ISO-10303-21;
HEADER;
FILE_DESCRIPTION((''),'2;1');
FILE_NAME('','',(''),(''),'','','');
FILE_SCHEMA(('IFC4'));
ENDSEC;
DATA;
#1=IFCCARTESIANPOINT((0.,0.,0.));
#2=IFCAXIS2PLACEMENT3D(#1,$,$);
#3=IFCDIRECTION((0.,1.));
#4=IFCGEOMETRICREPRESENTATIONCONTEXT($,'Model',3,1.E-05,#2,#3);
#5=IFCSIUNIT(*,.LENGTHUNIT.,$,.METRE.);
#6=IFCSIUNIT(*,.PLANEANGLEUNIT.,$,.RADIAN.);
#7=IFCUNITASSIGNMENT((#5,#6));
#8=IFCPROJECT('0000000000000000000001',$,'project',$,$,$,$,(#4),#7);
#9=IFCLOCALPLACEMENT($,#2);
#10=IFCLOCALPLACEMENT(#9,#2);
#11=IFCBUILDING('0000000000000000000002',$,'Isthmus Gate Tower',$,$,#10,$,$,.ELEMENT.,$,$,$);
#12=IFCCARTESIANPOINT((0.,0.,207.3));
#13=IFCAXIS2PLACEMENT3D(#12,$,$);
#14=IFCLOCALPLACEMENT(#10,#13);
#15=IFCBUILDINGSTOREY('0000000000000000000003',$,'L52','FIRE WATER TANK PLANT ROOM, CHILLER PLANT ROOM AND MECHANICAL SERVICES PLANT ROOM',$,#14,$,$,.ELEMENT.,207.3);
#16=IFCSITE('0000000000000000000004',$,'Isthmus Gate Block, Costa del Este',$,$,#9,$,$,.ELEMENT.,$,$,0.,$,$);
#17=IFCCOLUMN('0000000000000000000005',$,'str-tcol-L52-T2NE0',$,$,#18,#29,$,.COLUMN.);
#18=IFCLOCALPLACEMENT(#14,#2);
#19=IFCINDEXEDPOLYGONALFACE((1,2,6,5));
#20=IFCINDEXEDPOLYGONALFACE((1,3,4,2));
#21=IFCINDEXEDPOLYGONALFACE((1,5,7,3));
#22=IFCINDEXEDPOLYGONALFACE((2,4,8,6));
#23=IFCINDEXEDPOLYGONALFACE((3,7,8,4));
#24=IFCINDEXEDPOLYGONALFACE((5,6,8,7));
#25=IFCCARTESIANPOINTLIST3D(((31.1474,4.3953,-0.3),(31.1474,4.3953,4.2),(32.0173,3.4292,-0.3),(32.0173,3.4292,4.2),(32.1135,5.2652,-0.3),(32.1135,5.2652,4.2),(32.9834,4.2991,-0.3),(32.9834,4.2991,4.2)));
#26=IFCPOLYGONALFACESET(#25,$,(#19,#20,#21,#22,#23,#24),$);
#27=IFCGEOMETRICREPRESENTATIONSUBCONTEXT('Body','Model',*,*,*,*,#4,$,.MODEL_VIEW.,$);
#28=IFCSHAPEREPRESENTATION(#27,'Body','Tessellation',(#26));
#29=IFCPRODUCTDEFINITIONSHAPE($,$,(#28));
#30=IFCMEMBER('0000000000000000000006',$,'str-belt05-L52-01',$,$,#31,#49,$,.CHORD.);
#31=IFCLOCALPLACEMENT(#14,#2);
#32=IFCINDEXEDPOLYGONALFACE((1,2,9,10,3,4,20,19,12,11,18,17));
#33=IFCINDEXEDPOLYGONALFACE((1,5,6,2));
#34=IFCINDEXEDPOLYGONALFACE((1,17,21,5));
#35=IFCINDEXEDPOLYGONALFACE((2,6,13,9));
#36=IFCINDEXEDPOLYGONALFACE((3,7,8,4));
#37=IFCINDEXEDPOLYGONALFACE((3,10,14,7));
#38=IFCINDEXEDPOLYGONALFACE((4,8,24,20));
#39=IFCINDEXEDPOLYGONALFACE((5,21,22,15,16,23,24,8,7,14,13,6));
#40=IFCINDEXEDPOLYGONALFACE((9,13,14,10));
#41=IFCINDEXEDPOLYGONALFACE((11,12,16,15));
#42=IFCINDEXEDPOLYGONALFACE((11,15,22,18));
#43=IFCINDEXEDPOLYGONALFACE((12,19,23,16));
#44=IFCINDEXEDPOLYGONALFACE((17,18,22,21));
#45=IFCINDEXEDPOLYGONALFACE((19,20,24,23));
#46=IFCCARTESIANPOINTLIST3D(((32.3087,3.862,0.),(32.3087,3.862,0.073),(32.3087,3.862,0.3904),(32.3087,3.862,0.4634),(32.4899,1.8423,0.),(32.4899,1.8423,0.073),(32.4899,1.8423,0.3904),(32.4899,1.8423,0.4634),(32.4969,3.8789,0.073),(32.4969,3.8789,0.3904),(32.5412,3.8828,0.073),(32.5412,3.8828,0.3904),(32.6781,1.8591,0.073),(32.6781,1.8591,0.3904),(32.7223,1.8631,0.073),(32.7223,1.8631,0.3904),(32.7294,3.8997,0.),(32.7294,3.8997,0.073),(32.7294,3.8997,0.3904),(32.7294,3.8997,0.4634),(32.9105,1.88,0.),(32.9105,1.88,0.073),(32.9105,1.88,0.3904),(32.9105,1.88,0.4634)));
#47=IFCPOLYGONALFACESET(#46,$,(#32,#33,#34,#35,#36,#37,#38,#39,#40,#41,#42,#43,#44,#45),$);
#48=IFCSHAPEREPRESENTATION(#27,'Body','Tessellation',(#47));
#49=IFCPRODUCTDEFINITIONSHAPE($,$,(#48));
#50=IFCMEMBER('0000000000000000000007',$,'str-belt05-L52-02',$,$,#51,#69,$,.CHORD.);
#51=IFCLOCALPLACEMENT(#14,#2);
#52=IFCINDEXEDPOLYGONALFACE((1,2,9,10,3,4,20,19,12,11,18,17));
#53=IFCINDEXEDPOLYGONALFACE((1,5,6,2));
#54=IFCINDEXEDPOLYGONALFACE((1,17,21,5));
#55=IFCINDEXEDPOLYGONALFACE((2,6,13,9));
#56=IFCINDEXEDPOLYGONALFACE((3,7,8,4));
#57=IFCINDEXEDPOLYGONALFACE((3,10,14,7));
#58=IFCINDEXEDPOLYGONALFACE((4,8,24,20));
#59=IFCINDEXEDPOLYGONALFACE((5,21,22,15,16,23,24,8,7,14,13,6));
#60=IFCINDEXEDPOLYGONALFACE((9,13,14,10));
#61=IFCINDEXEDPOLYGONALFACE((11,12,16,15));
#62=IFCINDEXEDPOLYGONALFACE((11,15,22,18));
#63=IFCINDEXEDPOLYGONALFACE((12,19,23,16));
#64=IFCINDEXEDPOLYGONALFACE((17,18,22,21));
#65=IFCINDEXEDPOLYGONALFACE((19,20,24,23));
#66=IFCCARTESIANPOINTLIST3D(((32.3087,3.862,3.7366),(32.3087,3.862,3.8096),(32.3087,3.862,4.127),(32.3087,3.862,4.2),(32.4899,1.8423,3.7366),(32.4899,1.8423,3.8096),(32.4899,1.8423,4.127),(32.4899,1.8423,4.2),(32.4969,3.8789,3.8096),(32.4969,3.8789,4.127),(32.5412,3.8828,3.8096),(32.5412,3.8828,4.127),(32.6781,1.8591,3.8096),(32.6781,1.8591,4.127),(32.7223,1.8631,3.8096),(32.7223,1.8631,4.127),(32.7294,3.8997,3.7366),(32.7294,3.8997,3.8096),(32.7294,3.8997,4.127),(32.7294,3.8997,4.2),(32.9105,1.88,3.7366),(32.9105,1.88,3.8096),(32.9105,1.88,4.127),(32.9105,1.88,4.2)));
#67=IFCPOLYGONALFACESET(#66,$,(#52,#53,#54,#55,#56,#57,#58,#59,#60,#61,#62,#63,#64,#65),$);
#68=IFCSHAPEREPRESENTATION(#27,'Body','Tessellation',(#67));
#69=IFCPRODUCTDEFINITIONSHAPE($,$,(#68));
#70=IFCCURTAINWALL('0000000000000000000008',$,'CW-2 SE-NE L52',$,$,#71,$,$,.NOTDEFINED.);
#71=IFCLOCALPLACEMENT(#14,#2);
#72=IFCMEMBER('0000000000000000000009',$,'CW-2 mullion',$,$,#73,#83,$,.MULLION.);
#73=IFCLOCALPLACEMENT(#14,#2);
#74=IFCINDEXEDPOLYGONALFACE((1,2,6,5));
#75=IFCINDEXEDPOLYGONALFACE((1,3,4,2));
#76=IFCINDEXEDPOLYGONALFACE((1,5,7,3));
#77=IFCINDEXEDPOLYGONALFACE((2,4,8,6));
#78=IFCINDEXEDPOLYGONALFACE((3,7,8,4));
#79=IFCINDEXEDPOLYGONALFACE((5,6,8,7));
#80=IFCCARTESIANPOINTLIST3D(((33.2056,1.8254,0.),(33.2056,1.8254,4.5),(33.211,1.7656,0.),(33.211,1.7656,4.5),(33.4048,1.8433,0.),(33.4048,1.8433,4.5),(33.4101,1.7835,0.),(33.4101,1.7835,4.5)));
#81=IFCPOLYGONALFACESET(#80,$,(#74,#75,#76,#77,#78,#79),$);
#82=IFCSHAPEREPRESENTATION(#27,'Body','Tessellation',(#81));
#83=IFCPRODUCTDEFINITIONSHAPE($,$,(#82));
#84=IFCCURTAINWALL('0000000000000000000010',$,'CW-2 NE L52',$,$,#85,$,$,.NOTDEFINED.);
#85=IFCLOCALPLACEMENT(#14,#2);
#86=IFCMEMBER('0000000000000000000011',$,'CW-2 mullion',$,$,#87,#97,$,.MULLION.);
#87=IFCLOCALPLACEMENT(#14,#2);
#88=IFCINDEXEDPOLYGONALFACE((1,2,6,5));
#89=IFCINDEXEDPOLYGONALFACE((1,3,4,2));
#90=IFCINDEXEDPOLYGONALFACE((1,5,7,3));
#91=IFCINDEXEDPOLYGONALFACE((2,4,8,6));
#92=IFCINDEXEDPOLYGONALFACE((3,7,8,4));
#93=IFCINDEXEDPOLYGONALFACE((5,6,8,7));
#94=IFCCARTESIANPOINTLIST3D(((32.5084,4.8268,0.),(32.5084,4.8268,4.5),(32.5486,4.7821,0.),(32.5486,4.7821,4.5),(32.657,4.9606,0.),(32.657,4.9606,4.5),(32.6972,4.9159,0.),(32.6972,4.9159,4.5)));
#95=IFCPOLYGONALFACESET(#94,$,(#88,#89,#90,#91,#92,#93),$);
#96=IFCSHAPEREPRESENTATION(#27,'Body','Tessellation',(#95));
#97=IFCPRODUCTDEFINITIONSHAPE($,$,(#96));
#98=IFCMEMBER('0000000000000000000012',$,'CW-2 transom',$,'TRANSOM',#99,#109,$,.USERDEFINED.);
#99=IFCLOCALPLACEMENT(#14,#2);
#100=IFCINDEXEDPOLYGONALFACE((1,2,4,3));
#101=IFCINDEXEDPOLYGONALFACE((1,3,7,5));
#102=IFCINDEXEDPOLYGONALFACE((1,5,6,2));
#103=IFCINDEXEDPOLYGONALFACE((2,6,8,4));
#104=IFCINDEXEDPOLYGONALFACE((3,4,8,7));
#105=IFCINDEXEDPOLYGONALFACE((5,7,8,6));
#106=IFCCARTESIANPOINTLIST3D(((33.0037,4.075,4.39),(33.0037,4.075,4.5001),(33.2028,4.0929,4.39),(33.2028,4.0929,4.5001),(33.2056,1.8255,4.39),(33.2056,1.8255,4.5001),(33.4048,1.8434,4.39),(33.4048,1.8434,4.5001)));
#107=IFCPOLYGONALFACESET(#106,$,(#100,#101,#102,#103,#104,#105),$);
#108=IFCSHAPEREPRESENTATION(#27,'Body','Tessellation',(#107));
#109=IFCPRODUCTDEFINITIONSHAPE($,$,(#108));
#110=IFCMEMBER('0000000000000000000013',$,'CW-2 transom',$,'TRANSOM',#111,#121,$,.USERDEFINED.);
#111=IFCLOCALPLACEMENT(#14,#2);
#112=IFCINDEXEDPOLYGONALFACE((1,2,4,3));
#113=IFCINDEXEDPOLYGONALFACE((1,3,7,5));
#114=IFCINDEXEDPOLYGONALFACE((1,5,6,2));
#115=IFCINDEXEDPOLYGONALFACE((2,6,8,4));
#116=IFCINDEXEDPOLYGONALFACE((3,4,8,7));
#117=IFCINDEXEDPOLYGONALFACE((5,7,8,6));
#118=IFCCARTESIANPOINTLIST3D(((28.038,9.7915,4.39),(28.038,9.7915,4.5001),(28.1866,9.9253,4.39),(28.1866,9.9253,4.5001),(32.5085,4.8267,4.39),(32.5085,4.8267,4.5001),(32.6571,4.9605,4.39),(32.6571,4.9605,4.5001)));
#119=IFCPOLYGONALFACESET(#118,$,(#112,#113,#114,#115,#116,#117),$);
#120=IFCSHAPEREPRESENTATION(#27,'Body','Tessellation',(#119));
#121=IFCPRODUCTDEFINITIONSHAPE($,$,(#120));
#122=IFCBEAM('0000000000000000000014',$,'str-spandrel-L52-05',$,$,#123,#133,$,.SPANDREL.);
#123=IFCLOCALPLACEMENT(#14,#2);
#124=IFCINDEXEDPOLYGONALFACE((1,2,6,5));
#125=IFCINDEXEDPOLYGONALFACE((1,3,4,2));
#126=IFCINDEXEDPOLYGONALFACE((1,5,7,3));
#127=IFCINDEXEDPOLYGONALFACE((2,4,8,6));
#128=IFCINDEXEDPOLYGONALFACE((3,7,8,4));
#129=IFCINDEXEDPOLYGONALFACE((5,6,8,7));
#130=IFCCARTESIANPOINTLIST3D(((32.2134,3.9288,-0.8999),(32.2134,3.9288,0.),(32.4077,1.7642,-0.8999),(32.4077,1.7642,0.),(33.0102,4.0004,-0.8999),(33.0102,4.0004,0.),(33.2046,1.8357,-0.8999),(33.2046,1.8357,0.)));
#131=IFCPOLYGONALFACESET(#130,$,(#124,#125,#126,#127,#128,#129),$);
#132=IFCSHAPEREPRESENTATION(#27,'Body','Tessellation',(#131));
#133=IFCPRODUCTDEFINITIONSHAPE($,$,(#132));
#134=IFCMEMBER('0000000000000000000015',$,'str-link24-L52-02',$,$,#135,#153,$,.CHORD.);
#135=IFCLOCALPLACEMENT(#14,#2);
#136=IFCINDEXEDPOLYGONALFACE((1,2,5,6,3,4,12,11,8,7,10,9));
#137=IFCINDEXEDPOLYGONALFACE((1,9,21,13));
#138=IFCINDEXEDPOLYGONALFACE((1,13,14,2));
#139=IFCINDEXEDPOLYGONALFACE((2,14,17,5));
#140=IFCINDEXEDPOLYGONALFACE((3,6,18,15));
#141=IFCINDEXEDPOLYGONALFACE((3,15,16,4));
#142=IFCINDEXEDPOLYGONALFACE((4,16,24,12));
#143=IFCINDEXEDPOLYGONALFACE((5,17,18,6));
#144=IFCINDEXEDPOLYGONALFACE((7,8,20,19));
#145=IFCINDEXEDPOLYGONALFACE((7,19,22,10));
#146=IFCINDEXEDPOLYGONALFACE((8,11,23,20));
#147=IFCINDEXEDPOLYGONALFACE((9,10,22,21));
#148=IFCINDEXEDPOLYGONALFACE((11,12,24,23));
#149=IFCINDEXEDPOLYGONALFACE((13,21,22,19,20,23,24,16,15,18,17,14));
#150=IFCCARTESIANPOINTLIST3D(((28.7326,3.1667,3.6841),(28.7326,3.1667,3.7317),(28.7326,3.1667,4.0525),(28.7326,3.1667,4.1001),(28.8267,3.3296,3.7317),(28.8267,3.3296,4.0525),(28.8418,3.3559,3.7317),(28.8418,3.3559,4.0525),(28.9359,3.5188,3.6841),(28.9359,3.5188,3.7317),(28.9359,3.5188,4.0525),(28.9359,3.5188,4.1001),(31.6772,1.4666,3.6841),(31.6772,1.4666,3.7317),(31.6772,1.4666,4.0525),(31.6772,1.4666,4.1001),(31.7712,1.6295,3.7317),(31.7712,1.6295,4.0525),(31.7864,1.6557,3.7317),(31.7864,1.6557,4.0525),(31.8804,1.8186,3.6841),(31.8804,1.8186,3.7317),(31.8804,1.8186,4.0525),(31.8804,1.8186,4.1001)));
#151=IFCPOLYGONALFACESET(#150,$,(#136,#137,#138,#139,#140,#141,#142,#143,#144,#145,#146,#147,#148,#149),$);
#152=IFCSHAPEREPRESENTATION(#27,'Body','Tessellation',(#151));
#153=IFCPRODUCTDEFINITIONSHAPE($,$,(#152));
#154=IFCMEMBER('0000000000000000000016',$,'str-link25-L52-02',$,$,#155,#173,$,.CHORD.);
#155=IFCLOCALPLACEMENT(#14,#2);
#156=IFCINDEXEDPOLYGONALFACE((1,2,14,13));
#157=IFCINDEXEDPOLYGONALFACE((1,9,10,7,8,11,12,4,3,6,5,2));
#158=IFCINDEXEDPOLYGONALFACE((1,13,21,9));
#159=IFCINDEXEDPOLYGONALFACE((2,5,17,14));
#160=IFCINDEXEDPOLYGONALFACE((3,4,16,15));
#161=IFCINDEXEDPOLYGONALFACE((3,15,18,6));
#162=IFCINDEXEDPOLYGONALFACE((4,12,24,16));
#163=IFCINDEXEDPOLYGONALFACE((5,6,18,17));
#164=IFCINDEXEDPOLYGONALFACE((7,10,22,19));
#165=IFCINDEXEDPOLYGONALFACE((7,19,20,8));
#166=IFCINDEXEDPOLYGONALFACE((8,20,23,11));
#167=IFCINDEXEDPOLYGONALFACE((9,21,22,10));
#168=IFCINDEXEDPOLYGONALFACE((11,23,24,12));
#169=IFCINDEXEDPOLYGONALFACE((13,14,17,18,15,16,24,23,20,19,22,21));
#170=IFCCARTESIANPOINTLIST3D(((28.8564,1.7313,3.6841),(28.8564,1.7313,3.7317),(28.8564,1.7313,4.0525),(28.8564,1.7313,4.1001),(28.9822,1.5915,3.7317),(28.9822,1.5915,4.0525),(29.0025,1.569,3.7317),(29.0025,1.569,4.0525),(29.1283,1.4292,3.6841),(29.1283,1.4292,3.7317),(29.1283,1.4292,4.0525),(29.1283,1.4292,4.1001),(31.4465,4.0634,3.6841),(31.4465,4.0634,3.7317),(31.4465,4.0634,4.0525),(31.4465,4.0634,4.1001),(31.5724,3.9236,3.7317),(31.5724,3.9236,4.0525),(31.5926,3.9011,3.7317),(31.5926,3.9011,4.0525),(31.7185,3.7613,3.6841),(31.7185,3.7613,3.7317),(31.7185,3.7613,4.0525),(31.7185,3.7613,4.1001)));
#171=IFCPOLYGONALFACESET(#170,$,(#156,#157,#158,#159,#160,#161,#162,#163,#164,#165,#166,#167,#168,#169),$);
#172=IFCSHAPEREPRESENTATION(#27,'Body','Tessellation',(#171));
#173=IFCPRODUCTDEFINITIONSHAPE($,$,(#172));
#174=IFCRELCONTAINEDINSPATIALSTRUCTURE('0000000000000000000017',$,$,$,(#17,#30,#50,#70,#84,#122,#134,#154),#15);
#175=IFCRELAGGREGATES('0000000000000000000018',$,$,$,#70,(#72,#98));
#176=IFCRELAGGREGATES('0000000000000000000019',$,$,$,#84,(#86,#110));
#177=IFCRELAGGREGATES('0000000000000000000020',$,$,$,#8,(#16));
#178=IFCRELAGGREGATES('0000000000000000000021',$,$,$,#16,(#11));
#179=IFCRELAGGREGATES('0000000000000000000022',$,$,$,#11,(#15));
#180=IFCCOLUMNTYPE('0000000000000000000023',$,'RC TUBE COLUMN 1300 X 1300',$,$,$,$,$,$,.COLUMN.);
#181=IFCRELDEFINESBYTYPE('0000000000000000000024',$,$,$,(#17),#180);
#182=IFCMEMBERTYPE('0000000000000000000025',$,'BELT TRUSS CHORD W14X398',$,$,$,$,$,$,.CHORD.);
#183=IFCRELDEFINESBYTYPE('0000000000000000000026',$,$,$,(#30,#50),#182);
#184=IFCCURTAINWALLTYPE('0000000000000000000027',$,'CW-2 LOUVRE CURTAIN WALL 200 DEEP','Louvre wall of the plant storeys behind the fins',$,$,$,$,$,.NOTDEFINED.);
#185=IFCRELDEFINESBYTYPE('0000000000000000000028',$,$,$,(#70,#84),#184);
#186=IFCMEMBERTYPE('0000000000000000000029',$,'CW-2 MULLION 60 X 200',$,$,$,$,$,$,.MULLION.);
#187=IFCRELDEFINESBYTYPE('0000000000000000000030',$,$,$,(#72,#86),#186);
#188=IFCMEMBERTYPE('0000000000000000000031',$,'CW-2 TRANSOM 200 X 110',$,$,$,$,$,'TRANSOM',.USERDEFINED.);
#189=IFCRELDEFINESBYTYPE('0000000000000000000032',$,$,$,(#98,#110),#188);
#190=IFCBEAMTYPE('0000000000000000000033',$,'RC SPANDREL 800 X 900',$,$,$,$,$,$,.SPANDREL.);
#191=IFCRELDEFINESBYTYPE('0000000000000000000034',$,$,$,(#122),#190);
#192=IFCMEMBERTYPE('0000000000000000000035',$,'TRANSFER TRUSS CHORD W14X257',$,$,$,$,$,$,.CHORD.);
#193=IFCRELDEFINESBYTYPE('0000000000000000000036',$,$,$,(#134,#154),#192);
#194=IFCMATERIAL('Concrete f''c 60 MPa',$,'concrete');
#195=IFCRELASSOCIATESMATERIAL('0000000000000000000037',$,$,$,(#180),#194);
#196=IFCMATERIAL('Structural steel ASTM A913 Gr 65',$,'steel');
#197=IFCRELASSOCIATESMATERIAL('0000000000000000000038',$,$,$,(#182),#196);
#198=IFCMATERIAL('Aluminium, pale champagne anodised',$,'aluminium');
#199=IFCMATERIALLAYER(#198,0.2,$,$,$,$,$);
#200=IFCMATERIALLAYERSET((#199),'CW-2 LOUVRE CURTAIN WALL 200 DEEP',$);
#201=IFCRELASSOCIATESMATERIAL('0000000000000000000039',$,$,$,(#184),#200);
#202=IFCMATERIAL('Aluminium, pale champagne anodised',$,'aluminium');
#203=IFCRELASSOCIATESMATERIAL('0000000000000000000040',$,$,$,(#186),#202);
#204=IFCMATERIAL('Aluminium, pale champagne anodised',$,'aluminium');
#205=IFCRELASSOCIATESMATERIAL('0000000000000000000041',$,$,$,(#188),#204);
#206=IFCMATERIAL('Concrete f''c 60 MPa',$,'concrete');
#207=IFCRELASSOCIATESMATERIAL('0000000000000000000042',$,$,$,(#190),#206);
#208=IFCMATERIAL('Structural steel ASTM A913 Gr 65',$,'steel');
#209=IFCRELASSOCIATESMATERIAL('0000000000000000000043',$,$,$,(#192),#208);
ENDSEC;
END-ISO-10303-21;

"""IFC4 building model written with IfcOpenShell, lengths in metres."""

from ifc_helpers import new_model, si_unit, direction, frame, origin, origin_2d, place, context, subcontext, project, spatial, rectangle, i_section, extrude, material, layer, layer_set, material_profile, profile_set, type_object, element, aggregate, save


model = new_model("IFC4")

# Units and contexts
model_context = context("Model", 3, precision=1e-05, world=origin(), true_north=direction((0.0, 1.0)))
body_context = subcontext(model_context, "Body", "Model", "MODEL_VIEW")
ifc_project = project(units=[si_unit("LENGTHUNIT", "METRE"), si_unit("PLANEANGLEUNIT", "RADIAN")], contexts=[model_context])

# Site, building, storey
site_placement = place(None, origin())
site = spatial("IfcSite", under=ifc_project, at=site_placement, Name="Isthmus Gate Block, Costa del Este", CompositionType="ELEMENT", RefElevation=0.0)
building_placement = place(site_placement, origin())
building = spatial("IfcBuilding", under=site, at=building_placement, Name="Isthmus Gate Tower", CompositionType="ELEMENT")
storey_placement = place(building_placement, frame((0.0, 0.0, 207.3)))
storey = spatial("IfcBuildingStorey", under=building, at=storey_placement, Name="L52", Description="FIRE WATER TANK PLANT ROOM, CHILLER PLANT ROOM AND MECHANICAL SERVICES PLANT ROOM", CompositionType="ELEMENT", Elevation=207.3)

# Column
ifc_material_1 = material(Name="Concrete f'c 60 MPa", Category="concrete")
ifc_material_profile_1 = material_profile(ifc_material_1, rectangle(XDim=1.3, YDim=1.3, at=origin_2d()), Name="RC 1300X1300")
ifc_profile_set_1 = profile_set([ifc_material_profile_1], Name="Concrete f'c 60 MPa")
column_type = type_object("IfcColumnType", Name="RC TUBE COLUMN 1300 X 1300", PredefinedType="COLUMN", material=ifc_profile_set_1)
column_placement = place(storey_placement, frame((32.0654, 4.3472, -0.3), z_axis=(0.0, 0.0, 1.0), x_axis=(-0.669131, 0.743145, 0.0)))
element("IfcColumn", 1, at=column_placement, inside=storey, type_object=column_type, Name="str-tcol-L52-T2NE0", PredefinedType="COLUMN", context=body_context, shape_type="SweptSolid", body=[
    extrude(rectangle(XDim=1.3, YDim=1.3, at=origin_2d()), origin(), (0.0, 0.0, 1.0), 4.5),
])

# Members
ifc_material_2 = material(Name="Structural steel ASTM A913 Gr 65", Category="steel")
ifc_material_profile_2 = material_profile(ifc_material_2, i_section(OverallWidth=0.4224, OverallDepth=0.4634, WebThickness=0.0444, FlangeThickness=0.073, at=origin_2d()), Name="W14X398")
ifc_profile_set_2 = profile_set([ifc_material_profile_2], Name="Structural steel ASTM A913 Gr 65")
member_type_1 = type_object("IfcMemberType", Name="BELT TRUSS CHORD W14X398", PredefinedType="CHORD", material=ifc_profile_set_2)
for number, where, z_axis, x_axis, name in (
    (2, (32.519, 3.8809, 0.2317), (0.089331, -0.996002, 0.0), (0.996002, 0.089331, 0.0), "str-belt05-L52-01"),
    (3, (32.519, 3.8809, 3.9683), (0.089331, -0.996002, 0.0), (0.996002, 0.089331, 0.0), "str-belt05-L52-02"),
):
    element("IfcMember", number, at=place(storey_placement, frame(where, z_axis=z_axis, x_axis=x_axis)), inside=storey, type_object=member_type_1, Name=name, PredefinedType="CHORD", context=body_context, shape_type="SweptSolid", body=[
        extrude(i_section(OverallWidth=0.4224, OverallDepth=0.4634, WebThickness=0.0444, FlangeThickness=0.073, at=origin_2d()), origin(), (0.0, 0.0, 1.0), 2.0278),
    ])

# Curtain walls, members
ifc_material_3 = material(Name="Aluminium, pale champagne anodised", Category="aluminium")
ifc_layer_1 = layer(ifc_material_3, 0.2)
ifc_layer_set_1 = layer_set([ifc_layer_1], Name="CW-2 LOUVRE CURTAIN WALL 200 DEEP")
curtain_wall_type = type_object("IfcCurtainWallType", Name="CW-2 LOUVRE CURTAIN WALL 200 DEEP", Description="Louvre wall of the plant storeys behind the fins", PredefinedType="NOTDEFINED", material=ifc_layer_set_1)
curtain_wall_1_placement = place(storey_placement, origin())
curtain_wall_1 = element("IfcCurtainWall", 4, at=curtain_wall_1_placement, inside=storey, type_object=curtain_wall_type, Name="CW-2 SE-NE L52", PredefinedType="NOTDEFINED")
ifc_material_4 = material(Name="Aluminium, pale champagne anodised", Category="aluminium")
ifc_material_profile_3 = material_profile(ifc_material_4, rectangle(XDim=0.0601, YDim=0.2, at=origin_2d()), Name="60x200")
ifc_profile_set_3 = profile_set([ifc_material_profile_3], Name="Aluminium, pale champagne anodised")
member_type_2 = type_object("IfcMemberType", Name="CW-2 MULLION 60 X 200", PredefinedType="MULLION", material=ifc_profile_set_3)
member_1_placement = place(storey_placement, frame((33.3079, 1.8044, 0.0), z_axis=(0.0, 0.0, 1.0), x_axis=(-0.089397, 0.995996, 0.0)))
member_1 = element("IfcMember", 5, at=member_1_placement, type_object=member_type_2, Name="CW-2 mullion", PredefinedType="MULLION", context=body_context, shape_type="SweptSolid", body=[
    extrude(rectangle(XDim=0.0601, YDim=0.2, at=origin_2d()), origin(), (0.0, 0.0, 1.0), 4.5),
])
curtain_wall_2_placement = place(storey_placement, origin())
curtain_wall_2 = element("IfcCurtainWall", 6, at=curtain_wall_2_placement, inside=storey, type_object=curtain_wall_type, Name="CW-2 NE L52", PredefinedType="NOTDEFINED")
member_2_placement = place(storey_placement, frame((32.6028, 4.8713, 0.0), z_axis=(0.0, 0.0, 1.0), x_axis=(-0.669131, 0.743145, 0.0)))
member_2 = element("IfcMember", 7, at=member_2_placement, type_object=member_type_2, Name="CW-2 mullion", PredefinedType="MULLION", context=body_context, shape_type="SweptSolid", body=[
    extrude(rectangle(XDim=0.0601, YDim=0.2, at=origin_2d()), origin(), (0.0, 0.0, 1.0), 4.5),
])

# Members
ifc_material_5 = material(Name="Aluminium, pale champagne anodised", Category="aluminium")
ifc_material_profile_4 = material_profile(ifc_material_5, rectangle(XDim=0.2, YDim=0.1101, at=origin_2d()), Name="200x110")
ifc_profile_set_4 = profile_set([ifc_material_profile_4], Name="Aluminium, pale champagne anodised")
member_type_3 = type_object("IfcMemberType", Name="CW-2 TRANSOM 200 X 110", ElementType="TRANSOM", PredefinedType="USERDEFINED", material=ifc_profile_set_4)
member_3_placement = place(storey_placement, frame((33.3052, 1.8345, 4.4451), z_axis=(-0.089395, 0.995996, 0.0), x_axis=(-0.995996, -0.089395, 0.0)))
member_3 = element("IfcMember", 8, at=member_3_placement, type_object=member_type_3, Name="CW-2 transom", ObjectType="TRANSOM", PredefinedType="USERDEFINED", context=body_context, shape_type="SweptSolid", body=[
    extrude(rectangle(XDim=0.2, YDim=0.1101, at=origin_2d()), origin(), (0.0, 0.0, 1.0), 2.2585),
])
member_4_placement = place(storey_placement, frame((32.5828, 4.8936, 4.4451), z_axis=(-0.669138, 0.743138, 0.0), x_axis=(-0.743138, -0.669138, 0.0)))
member_4 = element("IfcMember", 9, at=member_4_placement, type_object=member_type_3, Name="CW-2 transom", ObjectType="TRANSOM", PredefinedType="USERDEFINED", context=body_context, shape_type="SweptSolid", body=[
    extrude(rectangle(XDim=0.2, YDim=0.1101, at=origin_2d()), origin(), (0.0, 0.0, 1.0), 6.6809),
])

# Beam
ifc_material_6 = material(Name="Concrete f'c 60 MPa", Category="concrete")
ifc_material_profile_5 = material_profile(ifc_material_6, rectangle(XDim=0.8, YDim=0.8999, at=origin_2d()), Name="RC 800X900")
ifc_profile_set_5 = profile_set([ifc_material_profile_5], Name="Concrete f'c 60 MPa")
beam_type = type_object("IfcBeamType", Name="RC SPANDREL 800 X 900", PredefinedType="SPANDREL", material=ifc_profile_set_5)
beam_placement = place(storey_placement, frame((32.6118, 3.9646, -0.45), z_axis=(0.089422, -0.995994, 0.0), x_axis=(0.995994, 0.089422, 0.0)))
element("IfcBeam", 10, at=beam_placement, inside=storey, type_object=beam_type, Name="str-spandrel-L52-05", PredefinedType="SPANDREL", context=body_context, shape_type="SweptSolid", body=[
    extrude(rectangle(XDim=0.8, YDim=0.8999, at=origin_2d()), origin(), (0.0, 0.0, 1.0), 2.1733),
])

# Members
ifc_material_7 = material(Name="Structural steel ASTM A913 Gr 65", Category="steel")
ifc_material_profile_6 = material_profile(ifc_material_7, i_section(OverallWidth=0.4065, OverallDepth=0.416, WebThickness=0.0303, FlangeThickness=0.0476, at=origin_2d()), Name="W14X257")
ifc_profile_set_6 = profile_set([ifc_material_profile_6], Name="Structural steel ASTM A913 Gr 65")
member_type_4 = type_object("IfcMemberType", Name="TRANSFER TRUSS CHORD W14X257", PredefinedType="CHORD", material=ifc_profile_set_6)
member_5_placement = place(storey_placement, frame((31.7788, 1.6426, 3.8921), z_axis=(-0.866007, 0.500031, 0.0), x_axis=(-0.500031, -0.866007, 0.0)))
element("IfcMember", 11, at=member_5_placement, inside=storey, type_object=member_type_4, Name="str-link24-L52-02", PredefinedType="CHORD", context=body_context, shape_type="SweptSolid", body=[
    extrude(i_section(OverallWidth=0.4065, OverallDepth=0.416, WebThickness=0.0303, FlangeThickness=0.0476, at=origin_2d()), origin(), (0.0, 0.0, 1.0), 3.4001),
])
member_6_placement = place(storey_placement, frame((31.5825, 3.9124, 3.8921), z_axis=(-0.743158, -0.669116, 0.0), x_axis=(0.669116, -0.743158, 0.0)))
element("IfcMember", 12, at=member_6_placement, inside=storey, type_object=member_type_4, Name="str-link25-L52-02", PredefinedType="CHORD", context=body_context, shape_type="SweptSolid", body=[
    extrude(i_section(OverallWidth=0.4065, OverallDepth=0.416, WebThickness=0.0303, FlangeThickness=0.0476, at=origin_2d()), origin(), (0.0, 0.0, 1.0), 3.4854),
])

aggregate(curtain_wall_1, [member_1, member_3])
aggregate(curtain_wall_2, [member_2, member_4])

save(model, "model.ifc")
